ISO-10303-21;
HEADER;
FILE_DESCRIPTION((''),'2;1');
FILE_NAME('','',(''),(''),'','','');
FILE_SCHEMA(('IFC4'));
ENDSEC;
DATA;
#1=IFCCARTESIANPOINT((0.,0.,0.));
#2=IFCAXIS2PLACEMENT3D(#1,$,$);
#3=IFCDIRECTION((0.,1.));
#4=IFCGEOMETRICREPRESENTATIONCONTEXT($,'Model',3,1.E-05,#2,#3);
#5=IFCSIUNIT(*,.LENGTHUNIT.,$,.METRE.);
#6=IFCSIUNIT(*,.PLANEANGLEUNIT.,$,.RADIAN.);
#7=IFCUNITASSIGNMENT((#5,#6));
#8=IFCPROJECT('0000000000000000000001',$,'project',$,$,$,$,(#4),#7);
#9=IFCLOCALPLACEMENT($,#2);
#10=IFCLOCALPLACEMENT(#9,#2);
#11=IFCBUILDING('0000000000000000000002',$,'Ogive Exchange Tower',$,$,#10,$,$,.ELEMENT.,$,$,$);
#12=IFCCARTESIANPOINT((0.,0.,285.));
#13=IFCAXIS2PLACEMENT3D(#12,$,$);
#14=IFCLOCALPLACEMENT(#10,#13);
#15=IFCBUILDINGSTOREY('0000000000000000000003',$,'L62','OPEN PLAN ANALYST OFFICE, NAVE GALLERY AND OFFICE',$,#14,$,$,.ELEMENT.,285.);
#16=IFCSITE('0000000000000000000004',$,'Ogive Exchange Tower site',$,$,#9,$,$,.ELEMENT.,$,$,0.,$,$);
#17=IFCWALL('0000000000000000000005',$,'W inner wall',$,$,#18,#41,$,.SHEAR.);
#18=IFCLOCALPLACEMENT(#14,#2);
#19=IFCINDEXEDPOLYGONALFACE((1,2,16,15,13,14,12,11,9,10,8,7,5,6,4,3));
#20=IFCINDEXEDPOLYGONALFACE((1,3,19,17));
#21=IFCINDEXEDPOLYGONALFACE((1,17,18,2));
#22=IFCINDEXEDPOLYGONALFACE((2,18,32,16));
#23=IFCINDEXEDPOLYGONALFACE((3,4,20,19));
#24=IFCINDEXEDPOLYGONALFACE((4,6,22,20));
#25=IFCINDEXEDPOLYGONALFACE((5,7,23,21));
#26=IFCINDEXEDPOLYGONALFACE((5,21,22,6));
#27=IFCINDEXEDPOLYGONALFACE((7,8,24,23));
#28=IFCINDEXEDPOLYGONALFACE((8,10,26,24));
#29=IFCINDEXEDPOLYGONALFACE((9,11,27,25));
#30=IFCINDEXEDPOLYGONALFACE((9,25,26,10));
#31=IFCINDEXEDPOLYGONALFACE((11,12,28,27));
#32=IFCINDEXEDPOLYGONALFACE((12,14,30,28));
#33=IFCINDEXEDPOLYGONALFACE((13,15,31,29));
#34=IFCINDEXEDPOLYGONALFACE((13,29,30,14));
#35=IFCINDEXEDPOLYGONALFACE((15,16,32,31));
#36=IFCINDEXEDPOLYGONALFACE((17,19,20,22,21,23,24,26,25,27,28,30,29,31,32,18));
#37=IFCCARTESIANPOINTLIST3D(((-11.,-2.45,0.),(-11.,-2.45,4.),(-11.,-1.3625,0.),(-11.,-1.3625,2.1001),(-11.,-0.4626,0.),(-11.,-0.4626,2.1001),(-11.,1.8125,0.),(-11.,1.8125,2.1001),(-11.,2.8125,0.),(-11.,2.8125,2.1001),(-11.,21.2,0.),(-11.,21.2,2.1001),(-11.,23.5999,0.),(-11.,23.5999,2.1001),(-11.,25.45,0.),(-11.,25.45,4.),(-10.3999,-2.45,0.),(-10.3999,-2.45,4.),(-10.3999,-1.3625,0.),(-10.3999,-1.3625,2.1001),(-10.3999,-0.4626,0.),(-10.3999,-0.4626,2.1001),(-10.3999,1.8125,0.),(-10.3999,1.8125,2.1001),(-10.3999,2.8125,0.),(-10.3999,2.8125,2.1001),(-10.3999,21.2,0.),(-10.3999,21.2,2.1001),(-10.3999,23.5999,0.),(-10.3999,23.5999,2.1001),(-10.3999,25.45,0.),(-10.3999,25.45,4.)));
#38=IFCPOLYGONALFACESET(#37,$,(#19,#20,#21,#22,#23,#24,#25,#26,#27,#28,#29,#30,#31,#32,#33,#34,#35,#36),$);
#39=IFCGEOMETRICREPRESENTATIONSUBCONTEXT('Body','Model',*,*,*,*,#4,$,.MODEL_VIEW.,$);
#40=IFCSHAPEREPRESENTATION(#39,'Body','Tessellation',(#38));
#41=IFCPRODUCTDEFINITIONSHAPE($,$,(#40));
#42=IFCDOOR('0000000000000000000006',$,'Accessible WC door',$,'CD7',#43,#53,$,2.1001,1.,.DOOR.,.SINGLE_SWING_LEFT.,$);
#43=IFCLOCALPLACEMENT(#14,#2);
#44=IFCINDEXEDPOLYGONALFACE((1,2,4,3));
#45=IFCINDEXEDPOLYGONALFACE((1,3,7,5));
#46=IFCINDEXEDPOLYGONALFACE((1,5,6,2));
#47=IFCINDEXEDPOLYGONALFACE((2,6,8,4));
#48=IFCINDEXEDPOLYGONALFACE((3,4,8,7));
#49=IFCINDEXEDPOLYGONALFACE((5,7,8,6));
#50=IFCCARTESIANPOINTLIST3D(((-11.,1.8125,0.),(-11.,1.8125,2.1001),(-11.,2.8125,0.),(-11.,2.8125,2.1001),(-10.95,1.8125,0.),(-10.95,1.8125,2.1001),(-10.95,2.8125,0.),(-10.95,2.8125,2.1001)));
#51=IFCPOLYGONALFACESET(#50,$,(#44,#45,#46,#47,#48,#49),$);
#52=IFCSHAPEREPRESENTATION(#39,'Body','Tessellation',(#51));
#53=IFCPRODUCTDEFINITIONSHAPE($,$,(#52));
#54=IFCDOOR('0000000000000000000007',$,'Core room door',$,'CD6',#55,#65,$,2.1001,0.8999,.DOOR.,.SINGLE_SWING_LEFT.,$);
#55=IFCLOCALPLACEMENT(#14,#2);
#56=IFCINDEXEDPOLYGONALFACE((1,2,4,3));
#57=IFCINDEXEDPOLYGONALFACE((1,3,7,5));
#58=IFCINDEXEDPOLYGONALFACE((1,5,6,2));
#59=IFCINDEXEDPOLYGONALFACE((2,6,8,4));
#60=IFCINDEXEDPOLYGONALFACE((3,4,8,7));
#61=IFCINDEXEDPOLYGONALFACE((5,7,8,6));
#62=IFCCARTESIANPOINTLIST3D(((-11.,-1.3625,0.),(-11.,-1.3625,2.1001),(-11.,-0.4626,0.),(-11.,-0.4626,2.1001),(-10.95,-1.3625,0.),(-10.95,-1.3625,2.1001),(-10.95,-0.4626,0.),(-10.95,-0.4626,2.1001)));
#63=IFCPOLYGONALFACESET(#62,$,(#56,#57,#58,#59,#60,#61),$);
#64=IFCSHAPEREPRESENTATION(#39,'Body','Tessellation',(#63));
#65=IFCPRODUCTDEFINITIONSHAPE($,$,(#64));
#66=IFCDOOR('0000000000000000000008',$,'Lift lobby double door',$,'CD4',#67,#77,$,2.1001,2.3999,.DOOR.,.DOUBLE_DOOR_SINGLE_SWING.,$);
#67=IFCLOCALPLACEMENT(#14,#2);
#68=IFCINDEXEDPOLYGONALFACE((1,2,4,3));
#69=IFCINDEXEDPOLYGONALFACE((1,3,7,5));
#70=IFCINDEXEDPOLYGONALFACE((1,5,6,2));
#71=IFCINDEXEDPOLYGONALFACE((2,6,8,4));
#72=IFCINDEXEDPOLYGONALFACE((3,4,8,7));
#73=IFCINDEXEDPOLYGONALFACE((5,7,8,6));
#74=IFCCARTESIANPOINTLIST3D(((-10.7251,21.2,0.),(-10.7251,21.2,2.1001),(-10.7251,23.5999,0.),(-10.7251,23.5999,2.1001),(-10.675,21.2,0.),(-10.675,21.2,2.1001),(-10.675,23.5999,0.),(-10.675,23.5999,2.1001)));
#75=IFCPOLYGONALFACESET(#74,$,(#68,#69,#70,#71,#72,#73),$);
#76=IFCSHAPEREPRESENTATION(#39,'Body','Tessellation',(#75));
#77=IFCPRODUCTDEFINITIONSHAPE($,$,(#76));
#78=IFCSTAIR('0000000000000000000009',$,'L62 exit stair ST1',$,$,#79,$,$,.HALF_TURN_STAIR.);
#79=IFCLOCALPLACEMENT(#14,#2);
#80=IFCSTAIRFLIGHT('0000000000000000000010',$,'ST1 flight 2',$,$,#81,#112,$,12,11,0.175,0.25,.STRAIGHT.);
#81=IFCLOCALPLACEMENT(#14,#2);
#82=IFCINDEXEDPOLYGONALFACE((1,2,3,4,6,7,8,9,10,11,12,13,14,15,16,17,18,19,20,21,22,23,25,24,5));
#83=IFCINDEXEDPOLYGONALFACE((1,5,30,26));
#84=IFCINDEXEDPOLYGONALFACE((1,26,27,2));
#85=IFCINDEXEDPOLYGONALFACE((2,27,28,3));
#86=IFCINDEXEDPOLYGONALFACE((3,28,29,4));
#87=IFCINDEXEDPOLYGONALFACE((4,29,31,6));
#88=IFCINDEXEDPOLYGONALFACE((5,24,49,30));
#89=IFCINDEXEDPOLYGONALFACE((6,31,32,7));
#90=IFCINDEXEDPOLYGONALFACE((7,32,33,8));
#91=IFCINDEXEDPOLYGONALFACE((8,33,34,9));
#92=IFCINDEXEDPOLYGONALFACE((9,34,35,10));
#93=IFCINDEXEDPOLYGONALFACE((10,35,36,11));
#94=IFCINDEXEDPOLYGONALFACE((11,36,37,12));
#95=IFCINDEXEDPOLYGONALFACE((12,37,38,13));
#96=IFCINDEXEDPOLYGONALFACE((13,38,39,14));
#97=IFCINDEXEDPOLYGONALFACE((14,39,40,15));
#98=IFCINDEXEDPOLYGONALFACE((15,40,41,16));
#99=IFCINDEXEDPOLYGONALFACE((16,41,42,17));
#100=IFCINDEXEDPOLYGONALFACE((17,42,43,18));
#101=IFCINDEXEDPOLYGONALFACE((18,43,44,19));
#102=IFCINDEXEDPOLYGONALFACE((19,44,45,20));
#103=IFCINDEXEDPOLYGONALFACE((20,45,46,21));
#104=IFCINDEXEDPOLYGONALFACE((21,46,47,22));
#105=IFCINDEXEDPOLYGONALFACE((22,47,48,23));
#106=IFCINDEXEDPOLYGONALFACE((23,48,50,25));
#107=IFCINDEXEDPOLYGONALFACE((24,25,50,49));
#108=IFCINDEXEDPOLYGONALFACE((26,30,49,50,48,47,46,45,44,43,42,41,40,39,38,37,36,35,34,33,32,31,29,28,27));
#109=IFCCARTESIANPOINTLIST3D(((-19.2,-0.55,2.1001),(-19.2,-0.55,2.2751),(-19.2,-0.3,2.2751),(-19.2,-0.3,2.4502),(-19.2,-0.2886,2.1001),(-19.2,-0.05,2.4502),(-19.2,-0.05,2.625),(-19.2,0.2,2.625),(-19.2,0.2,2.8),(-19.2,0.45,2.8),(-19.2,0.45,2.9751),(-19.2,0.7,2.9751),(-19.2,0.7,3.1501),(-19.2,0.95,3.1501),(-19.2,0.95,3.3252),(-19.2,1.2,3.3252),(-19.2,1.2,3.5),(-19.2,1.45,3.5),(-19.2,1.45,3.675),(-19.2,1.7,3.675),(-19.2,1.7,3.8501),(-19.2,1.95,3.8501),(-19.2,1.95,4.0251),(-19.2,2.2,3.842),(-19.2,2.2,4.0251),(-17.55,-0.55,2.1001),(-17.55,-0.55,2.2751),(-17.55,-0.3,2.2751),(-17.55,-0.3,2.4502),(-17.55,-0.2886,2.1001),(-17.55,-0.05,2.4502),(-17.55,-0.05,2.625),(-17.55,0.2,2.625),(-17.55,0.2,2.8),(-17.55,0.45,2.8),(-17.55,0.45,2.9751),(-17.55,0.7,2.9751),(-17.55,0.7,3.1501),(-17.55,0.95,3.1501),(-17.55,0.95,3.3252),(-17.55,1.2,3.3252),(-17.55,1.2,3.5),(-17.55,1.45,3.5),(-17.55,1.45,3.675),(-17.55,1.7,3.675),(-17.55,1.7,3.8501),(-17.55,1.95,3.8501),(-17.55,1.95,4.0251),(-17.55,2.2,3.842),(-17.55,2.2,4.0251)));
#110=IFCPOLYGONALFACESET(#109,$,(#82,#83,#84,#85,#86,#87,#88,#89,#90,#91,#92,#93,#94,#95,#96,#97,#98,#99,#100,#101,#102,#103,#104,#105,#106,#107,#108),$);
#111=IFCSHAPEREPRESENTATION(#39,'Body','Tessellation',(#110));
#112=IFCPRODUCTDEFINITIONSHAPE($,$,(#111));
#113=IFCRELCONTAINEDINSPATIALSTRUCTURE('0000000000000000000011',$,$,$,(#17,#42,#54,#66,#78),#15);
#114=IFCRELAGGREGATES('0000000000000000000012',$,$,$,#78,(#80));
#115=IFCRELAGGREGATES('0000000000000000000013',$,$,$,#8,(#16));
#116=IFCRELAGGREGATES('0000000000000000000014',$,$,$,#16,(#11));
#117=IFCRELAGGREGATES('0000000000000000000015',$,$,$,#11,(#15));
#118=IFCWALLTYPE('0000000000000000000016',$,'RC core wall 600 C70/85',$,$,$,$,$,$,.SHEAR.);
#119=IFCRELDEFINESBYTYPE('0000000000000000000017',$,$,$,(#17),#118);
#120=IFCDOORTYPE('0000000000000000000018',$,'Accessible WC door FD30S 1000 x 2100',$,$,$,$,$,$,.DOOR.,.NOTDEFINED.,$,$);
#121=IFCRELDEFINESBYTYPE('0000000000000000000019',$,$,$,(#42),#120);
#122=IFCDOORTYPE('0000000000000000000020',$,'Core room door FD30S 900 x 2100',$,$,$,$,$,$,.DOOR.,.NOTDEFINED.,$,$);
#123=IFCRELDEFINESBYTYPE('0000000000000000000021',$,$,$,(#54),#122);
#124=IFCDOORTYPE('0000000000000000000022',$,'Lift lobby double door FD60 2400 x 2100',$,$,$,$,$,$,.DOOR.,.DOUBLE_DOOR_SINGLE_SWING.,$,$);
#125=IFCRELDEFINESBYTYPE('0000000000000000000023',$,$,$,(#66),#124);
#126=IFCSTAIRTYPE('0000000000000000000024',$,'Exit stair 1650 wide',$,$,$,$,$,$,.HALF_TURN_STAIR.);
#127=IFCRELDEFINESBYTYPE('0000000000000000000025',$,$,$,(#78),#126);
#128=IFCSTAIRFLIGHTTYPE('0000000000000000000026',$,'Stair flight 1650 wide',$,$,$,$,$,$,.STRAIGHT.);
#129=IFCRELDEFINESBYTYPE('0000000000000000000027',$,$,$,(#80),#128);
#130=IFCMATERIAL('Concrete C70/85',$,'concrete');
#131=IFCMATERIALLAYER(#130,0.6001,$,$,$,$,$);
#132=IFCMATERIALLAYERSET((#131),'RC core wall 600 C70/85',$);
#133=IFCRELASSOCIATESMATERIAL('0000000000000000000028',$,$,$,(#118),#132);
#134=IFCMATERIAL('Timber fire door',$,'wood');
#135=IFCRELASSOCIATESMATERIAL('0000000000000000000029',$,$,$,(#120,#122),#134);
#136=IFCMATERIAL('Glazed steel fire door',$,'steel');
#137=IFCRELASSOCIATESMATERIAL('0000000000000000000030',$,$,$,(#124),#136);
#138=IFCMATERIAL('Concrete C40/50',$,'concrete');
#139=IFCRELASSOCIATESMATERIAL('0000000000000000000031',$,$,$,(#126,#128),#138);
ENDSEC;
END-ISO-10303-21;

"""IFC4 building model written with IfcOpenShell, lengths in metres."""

from ifc_helpers import new_model, si_unit, direction, frame, frame_2d, origin, place, context, subcontext, project, spatial, polyline, rectangle, outline, extrude, material, layer, layer_set, type_object, element, fill, aggregate, save


model = new_model("IFC4")

# Units and contexts
model_context = context("Model", 3, precision=1e-05, world=origin(), true_north=direction((0.0, 1.0)))
body_context = subcontext(model_context, "Body", "Model", "MODEL_VIEW")
ifc_project = project(units=[si_unit("LENGTHUNIT", "METRE"), si_unit("PLANEANGLEUNIT", "RADIAN")], contexts=[model_context])

# Site, building, storey
site_placement = place(None, origin())
site = spatial("IfcSite", under=ifc_project, at=site_placement, Name="Ogive Exchange Tower site", CompositionType="ELEMENT", RefElevation=0.0)
building_placement = place(site_placement, origin())
building = spatial("IfcBuilding", under=site, at=building_placement, Name="Ogive Exchange Tower", CompositionType="ELEMENT")
storey_placement = place(building_placement, frame((0.0, 0.0, 285.0)))
storey = spatial("IfcBuildingStorey", under=building, at=storey_placement, Name="L62", Description="OPEN PLAN ANALYST OFFICE, NAVE GALLERY AND OFFICE", CompositionType="ELEMENT", Elevation=285.0)

# Shared definitions
ifc_material_1 = material(Name="Concrete C70/85", Category="concrete")

# Wall, openings, doors
ifc_layer_1 = layer(ifc_material_1, 0.6001)
ifc_layer_set_1 = layer_set([ifc_layer_1], Name="RC core wall 600 C70/85")
wall_type_1 = type_object("IfcWallType", Name="RC core wall 600 C70/85", PredefinedType="SHEAR", material=ifc_layer_set_1)
wall_1_placement = place(storey_placement, frame((-10.7, -2.45, 0.0), z_axis=(0.0, 0.0, 1.0), x_axis=(0.0, 1.0, 0.0)))
wall_1 = element("IfcWall", 1, at=wall_1_placement, inside=storey, type_object=wall_type_1, Name="W inner wall", PredefinedType="SHEAR", context=body_context, shape_type="SweptSolid", body=[
    extrude(rectangle(XDim=27.8999, YDim=0.6001, at=frame_2d((13.95, 0.0))), origin(), (0.0, 0.0, 1.0), 4.0),
])
opening_1_placement = place(wall_1_placement, frame((23.6499, 0.0, 0.0)))
opening_1 = element("IfcOpeningElement", 2, at=opening_1_placement, cuts=wall_1, PredefinedType="OPENING", context=body_context, shape_type="SweptSolid", body=[
    extrude(rectangle(XDim=2.3999, YDim=2.1001, at=frame_2d((1.2, 1.05))), frame((0.0, 0.3101, 0.0), z_axis=(0.0, -1.0, 0.0), x_axis=(1.0, 0.0, 0.0)), (0.0, 0.0, 1.0), 0.6201),
])
opening_2_placement = place(wall_1_placement, frame((1.0874, 0.0, 0.0)))
opening_2 = element("IfcOpeningElement", 3, at=opening_2_placement, cuts=wall_1, PredefinedType="OPENING", context=body_context, shape_type="SweptSolid", body=[
    extrude(rectangle(XDim=0.8999, YDim=2.1001, at=frame_2d((0.45, 1.05))), frame((0.0, 0.3101, 0.0), z_axis=(0.0, -1.0, 0.0), x_axis=(1.0, 0.0, 0.0)), (0.0, 0.0, 1.0), 0.6201),
])
opening_3_placement = place(wall_1_placement, frame((4.2625, 0.0, 0.0)))
opening_3 = element("IfcOpeningElement", 4, at=opening_3_placement, cuts=wall_1, PredefinedType="OPENING", context=body_context, shape_type="SweptSolid", body=[
    extrude(rectangle(XDim=1.0, YDim=2.1001, at=frame_2d((0.5, 1.05))), frame((0.0, 0.3101, 0.0), z_axis=(0.0, -1.0, 0.0), x_axis=(1.0, 0.0, 0.0)), (0.0, 0.0, 1.0), 0.6201),
])
ifc_material_2 = material(Name="Timber fire door", Category="wood")
door_type_1 = type_object("IfcDoorType", Name="Accessible WC door FD30S 1000 x 2100", OperationType="NOTDEFINED", PredefinedType="DOOR", material=ifc_material_2)
door_1_placement = place(opening_3_placement, frame((1.0, 0.5498, 0.0), z_axis=(0.0, 0.0, 1.0), x_axis=(-1.0, 0.0, 0.0)))
door_1 = element("IfcDoor", 5, at=door_1_placement, inside=storey, type_object=door_type_1, Name="Accessible WC door", ObjectType="CD7", OperationType="SINGLE_SWING_LEFT", OverallHeight=2.1001, OverallWidth=1.0, PredefinedType="DOOR", context=body_context, shape_type="SweptSolid", body=[
    extrude(rectangle(XDim=1.0, YDim=2.1001, at=frame_2d((0.5, 1.05))), frame((0.0, 0.2998, 0.0), z_axis=(0.0, -1.0, 0.0), x_axis=(1.0, 0.0, 0.0)), (0.0, 0.0, 1.0), 0.05),
])
fill(opening_3, door_1)
door_type_2 = type_object("IfcDoorType", Name="Core room door FD30S 900 x 2100", OperationType="NOTDEFINED", PredefinedType="DOOR", material=ifc_material_2)
door_2_placement = place(opening_2_placement, frame((0.8999, 0.5498, 0.0), z_axis=(0.0, 0.0, 1.0), x_axis=(-1.0, 0.0, 0.0)))
door_2 = element("IfcDoor", 6, at=door_2_placement, inside=storey, type_object=door_type_2, Name="Core room door", ObjectType="CD6", OperationType="SINGLE_SWING_LEFT", OverallHeight=2.1001, OverallWidth=0.8999, PredefinedType="DOOR", context=body_context, shape_type="SweptSolid", body=[
    extrude(rectangle(XDim=0.8999, YDim=2.1001, at=frame_2d((0.45, 1.05))), frame((0.0, 0.2998, 0.0), z_axis=(0.0, -1.0, 0.0), x_axis=(1.0, 0.0, 0.0)), (0.0, 0.0, 1.0), 0.05),
])
fill(opening_2, door_2)
ifc_material_3 = material(Name="Glazed steel fire door", Category="steel")
door_type_3 = type_object("IfcDoorType", Name="Lift lobby double door FD60 2400 x 2100", OperationType="DOUBLE_DOOR_SINGLE_SWING", PredefinedType="DOOR", material=ifc_material_3)
door_3_placement = place(opening_1_placement, frame((2.3999, 0.0, 0.0), z_axis=(0.0, 0.0, 1.0), x_axis=(-1.0, 0.0, 0.0)))
door_3 = element("IfcDoor", 7, at=door_3_placement, inside=storey, type_object=door_type_3, Name="Lift lobby double door", ObjectType="CD4", OperationType="DOUBLE_DOOR_SINGLE_SWING", OverallHeight=2.1001, OverallWidth=2.3999, PredefinedType="DOOR", context=body_context, shape_type="SweptSolid", body=[
    extrude(rectangle(XDim=2.3999, YDim=2.1001, at=frame_2d((1.2, 1.05))), frame((0.0, 0.0249, 0.0), z_axis=(0.0, -1.0, 0.0), x_axis=(1.0, 0.0, 0.0)), (0.0, 0.0, 1.0), 0.05),
])
fill(opening_1, door_3)

# Stair, stair flight
ifc_material_4 = material(Name="Concrete C40/50", Category="concrete")
stair_type = type_object("IfcStairType", Name="Exit stair 1650 wide", PredefinedType="HALF_TURN_STAIR", material=ifc_material_4)
stair_placement = place(storey_placement, origin())
stair = element("IfcStair", 8, at=stair_placement, inside=storey, type_object=stair_type, Name="L62 exit stair ST1", PredefinedType="HALF_TURN_STAIR")
stair_flight_type = type_object("IfcStairFlightType", Name="Stair flight 1650 wide", PredefinedType="STRAIGHT", material=ifc_material_4)
stair_flight_placement = place(storey_placement, frame((-18.375, -0.55, 2.1001), z_axis=(0.0, 0.0, 1.0), x_axis=(0.0, 1.0, 0.0)))
stair_flight = element("IfcStairFlight", 9, at=stair_flight_placement, type_object=stair_flight_type, Name="ST1 flight 2", NumberOfRisers=12, NumberOfTreads=11, PredefinedType="STRAIGHT", RiserHeight=0.175, TreadLength=0.25, context=body_context, shape_type="SweptSolid", body=[
    extrude(outline(polyline([(0.0, 0.0), (0.0, 0.175), (0.25, 0.175), (0.25, 0.3501), (0.5, 0.3501), (0.5, 0.5249), (0.75, 0.5249), (0.75, 0.7), (1.0, 0.7), (1.0, 0.875), (1.25, 0.875), (1.25, 1.05), (1.5, 1.05), (1.5, 1.2251), (1.75, 1.2251), (1.75, 1.3999), (2.0, 1.3999), (2.0, 1.575), (2.25, 1.575), (2.25, 1.75), (2.5, 1.75), (2.5, 1.925), (2.75, 1.925), (2.75, 2.1001), (2.75, 1.7419), (0.2615, 0.0), (0.0, 0.0)])), frame((0.0, 0.825, 0.0), z_axis=(0.0, -1.0, 0.0), x_axis=(1.0, 0.0, 0.0)), (0.0, 0.0, 1.0), 1.6499),
])
aggregate(stair, [stair_flight])

save(model, "model.ifc")
